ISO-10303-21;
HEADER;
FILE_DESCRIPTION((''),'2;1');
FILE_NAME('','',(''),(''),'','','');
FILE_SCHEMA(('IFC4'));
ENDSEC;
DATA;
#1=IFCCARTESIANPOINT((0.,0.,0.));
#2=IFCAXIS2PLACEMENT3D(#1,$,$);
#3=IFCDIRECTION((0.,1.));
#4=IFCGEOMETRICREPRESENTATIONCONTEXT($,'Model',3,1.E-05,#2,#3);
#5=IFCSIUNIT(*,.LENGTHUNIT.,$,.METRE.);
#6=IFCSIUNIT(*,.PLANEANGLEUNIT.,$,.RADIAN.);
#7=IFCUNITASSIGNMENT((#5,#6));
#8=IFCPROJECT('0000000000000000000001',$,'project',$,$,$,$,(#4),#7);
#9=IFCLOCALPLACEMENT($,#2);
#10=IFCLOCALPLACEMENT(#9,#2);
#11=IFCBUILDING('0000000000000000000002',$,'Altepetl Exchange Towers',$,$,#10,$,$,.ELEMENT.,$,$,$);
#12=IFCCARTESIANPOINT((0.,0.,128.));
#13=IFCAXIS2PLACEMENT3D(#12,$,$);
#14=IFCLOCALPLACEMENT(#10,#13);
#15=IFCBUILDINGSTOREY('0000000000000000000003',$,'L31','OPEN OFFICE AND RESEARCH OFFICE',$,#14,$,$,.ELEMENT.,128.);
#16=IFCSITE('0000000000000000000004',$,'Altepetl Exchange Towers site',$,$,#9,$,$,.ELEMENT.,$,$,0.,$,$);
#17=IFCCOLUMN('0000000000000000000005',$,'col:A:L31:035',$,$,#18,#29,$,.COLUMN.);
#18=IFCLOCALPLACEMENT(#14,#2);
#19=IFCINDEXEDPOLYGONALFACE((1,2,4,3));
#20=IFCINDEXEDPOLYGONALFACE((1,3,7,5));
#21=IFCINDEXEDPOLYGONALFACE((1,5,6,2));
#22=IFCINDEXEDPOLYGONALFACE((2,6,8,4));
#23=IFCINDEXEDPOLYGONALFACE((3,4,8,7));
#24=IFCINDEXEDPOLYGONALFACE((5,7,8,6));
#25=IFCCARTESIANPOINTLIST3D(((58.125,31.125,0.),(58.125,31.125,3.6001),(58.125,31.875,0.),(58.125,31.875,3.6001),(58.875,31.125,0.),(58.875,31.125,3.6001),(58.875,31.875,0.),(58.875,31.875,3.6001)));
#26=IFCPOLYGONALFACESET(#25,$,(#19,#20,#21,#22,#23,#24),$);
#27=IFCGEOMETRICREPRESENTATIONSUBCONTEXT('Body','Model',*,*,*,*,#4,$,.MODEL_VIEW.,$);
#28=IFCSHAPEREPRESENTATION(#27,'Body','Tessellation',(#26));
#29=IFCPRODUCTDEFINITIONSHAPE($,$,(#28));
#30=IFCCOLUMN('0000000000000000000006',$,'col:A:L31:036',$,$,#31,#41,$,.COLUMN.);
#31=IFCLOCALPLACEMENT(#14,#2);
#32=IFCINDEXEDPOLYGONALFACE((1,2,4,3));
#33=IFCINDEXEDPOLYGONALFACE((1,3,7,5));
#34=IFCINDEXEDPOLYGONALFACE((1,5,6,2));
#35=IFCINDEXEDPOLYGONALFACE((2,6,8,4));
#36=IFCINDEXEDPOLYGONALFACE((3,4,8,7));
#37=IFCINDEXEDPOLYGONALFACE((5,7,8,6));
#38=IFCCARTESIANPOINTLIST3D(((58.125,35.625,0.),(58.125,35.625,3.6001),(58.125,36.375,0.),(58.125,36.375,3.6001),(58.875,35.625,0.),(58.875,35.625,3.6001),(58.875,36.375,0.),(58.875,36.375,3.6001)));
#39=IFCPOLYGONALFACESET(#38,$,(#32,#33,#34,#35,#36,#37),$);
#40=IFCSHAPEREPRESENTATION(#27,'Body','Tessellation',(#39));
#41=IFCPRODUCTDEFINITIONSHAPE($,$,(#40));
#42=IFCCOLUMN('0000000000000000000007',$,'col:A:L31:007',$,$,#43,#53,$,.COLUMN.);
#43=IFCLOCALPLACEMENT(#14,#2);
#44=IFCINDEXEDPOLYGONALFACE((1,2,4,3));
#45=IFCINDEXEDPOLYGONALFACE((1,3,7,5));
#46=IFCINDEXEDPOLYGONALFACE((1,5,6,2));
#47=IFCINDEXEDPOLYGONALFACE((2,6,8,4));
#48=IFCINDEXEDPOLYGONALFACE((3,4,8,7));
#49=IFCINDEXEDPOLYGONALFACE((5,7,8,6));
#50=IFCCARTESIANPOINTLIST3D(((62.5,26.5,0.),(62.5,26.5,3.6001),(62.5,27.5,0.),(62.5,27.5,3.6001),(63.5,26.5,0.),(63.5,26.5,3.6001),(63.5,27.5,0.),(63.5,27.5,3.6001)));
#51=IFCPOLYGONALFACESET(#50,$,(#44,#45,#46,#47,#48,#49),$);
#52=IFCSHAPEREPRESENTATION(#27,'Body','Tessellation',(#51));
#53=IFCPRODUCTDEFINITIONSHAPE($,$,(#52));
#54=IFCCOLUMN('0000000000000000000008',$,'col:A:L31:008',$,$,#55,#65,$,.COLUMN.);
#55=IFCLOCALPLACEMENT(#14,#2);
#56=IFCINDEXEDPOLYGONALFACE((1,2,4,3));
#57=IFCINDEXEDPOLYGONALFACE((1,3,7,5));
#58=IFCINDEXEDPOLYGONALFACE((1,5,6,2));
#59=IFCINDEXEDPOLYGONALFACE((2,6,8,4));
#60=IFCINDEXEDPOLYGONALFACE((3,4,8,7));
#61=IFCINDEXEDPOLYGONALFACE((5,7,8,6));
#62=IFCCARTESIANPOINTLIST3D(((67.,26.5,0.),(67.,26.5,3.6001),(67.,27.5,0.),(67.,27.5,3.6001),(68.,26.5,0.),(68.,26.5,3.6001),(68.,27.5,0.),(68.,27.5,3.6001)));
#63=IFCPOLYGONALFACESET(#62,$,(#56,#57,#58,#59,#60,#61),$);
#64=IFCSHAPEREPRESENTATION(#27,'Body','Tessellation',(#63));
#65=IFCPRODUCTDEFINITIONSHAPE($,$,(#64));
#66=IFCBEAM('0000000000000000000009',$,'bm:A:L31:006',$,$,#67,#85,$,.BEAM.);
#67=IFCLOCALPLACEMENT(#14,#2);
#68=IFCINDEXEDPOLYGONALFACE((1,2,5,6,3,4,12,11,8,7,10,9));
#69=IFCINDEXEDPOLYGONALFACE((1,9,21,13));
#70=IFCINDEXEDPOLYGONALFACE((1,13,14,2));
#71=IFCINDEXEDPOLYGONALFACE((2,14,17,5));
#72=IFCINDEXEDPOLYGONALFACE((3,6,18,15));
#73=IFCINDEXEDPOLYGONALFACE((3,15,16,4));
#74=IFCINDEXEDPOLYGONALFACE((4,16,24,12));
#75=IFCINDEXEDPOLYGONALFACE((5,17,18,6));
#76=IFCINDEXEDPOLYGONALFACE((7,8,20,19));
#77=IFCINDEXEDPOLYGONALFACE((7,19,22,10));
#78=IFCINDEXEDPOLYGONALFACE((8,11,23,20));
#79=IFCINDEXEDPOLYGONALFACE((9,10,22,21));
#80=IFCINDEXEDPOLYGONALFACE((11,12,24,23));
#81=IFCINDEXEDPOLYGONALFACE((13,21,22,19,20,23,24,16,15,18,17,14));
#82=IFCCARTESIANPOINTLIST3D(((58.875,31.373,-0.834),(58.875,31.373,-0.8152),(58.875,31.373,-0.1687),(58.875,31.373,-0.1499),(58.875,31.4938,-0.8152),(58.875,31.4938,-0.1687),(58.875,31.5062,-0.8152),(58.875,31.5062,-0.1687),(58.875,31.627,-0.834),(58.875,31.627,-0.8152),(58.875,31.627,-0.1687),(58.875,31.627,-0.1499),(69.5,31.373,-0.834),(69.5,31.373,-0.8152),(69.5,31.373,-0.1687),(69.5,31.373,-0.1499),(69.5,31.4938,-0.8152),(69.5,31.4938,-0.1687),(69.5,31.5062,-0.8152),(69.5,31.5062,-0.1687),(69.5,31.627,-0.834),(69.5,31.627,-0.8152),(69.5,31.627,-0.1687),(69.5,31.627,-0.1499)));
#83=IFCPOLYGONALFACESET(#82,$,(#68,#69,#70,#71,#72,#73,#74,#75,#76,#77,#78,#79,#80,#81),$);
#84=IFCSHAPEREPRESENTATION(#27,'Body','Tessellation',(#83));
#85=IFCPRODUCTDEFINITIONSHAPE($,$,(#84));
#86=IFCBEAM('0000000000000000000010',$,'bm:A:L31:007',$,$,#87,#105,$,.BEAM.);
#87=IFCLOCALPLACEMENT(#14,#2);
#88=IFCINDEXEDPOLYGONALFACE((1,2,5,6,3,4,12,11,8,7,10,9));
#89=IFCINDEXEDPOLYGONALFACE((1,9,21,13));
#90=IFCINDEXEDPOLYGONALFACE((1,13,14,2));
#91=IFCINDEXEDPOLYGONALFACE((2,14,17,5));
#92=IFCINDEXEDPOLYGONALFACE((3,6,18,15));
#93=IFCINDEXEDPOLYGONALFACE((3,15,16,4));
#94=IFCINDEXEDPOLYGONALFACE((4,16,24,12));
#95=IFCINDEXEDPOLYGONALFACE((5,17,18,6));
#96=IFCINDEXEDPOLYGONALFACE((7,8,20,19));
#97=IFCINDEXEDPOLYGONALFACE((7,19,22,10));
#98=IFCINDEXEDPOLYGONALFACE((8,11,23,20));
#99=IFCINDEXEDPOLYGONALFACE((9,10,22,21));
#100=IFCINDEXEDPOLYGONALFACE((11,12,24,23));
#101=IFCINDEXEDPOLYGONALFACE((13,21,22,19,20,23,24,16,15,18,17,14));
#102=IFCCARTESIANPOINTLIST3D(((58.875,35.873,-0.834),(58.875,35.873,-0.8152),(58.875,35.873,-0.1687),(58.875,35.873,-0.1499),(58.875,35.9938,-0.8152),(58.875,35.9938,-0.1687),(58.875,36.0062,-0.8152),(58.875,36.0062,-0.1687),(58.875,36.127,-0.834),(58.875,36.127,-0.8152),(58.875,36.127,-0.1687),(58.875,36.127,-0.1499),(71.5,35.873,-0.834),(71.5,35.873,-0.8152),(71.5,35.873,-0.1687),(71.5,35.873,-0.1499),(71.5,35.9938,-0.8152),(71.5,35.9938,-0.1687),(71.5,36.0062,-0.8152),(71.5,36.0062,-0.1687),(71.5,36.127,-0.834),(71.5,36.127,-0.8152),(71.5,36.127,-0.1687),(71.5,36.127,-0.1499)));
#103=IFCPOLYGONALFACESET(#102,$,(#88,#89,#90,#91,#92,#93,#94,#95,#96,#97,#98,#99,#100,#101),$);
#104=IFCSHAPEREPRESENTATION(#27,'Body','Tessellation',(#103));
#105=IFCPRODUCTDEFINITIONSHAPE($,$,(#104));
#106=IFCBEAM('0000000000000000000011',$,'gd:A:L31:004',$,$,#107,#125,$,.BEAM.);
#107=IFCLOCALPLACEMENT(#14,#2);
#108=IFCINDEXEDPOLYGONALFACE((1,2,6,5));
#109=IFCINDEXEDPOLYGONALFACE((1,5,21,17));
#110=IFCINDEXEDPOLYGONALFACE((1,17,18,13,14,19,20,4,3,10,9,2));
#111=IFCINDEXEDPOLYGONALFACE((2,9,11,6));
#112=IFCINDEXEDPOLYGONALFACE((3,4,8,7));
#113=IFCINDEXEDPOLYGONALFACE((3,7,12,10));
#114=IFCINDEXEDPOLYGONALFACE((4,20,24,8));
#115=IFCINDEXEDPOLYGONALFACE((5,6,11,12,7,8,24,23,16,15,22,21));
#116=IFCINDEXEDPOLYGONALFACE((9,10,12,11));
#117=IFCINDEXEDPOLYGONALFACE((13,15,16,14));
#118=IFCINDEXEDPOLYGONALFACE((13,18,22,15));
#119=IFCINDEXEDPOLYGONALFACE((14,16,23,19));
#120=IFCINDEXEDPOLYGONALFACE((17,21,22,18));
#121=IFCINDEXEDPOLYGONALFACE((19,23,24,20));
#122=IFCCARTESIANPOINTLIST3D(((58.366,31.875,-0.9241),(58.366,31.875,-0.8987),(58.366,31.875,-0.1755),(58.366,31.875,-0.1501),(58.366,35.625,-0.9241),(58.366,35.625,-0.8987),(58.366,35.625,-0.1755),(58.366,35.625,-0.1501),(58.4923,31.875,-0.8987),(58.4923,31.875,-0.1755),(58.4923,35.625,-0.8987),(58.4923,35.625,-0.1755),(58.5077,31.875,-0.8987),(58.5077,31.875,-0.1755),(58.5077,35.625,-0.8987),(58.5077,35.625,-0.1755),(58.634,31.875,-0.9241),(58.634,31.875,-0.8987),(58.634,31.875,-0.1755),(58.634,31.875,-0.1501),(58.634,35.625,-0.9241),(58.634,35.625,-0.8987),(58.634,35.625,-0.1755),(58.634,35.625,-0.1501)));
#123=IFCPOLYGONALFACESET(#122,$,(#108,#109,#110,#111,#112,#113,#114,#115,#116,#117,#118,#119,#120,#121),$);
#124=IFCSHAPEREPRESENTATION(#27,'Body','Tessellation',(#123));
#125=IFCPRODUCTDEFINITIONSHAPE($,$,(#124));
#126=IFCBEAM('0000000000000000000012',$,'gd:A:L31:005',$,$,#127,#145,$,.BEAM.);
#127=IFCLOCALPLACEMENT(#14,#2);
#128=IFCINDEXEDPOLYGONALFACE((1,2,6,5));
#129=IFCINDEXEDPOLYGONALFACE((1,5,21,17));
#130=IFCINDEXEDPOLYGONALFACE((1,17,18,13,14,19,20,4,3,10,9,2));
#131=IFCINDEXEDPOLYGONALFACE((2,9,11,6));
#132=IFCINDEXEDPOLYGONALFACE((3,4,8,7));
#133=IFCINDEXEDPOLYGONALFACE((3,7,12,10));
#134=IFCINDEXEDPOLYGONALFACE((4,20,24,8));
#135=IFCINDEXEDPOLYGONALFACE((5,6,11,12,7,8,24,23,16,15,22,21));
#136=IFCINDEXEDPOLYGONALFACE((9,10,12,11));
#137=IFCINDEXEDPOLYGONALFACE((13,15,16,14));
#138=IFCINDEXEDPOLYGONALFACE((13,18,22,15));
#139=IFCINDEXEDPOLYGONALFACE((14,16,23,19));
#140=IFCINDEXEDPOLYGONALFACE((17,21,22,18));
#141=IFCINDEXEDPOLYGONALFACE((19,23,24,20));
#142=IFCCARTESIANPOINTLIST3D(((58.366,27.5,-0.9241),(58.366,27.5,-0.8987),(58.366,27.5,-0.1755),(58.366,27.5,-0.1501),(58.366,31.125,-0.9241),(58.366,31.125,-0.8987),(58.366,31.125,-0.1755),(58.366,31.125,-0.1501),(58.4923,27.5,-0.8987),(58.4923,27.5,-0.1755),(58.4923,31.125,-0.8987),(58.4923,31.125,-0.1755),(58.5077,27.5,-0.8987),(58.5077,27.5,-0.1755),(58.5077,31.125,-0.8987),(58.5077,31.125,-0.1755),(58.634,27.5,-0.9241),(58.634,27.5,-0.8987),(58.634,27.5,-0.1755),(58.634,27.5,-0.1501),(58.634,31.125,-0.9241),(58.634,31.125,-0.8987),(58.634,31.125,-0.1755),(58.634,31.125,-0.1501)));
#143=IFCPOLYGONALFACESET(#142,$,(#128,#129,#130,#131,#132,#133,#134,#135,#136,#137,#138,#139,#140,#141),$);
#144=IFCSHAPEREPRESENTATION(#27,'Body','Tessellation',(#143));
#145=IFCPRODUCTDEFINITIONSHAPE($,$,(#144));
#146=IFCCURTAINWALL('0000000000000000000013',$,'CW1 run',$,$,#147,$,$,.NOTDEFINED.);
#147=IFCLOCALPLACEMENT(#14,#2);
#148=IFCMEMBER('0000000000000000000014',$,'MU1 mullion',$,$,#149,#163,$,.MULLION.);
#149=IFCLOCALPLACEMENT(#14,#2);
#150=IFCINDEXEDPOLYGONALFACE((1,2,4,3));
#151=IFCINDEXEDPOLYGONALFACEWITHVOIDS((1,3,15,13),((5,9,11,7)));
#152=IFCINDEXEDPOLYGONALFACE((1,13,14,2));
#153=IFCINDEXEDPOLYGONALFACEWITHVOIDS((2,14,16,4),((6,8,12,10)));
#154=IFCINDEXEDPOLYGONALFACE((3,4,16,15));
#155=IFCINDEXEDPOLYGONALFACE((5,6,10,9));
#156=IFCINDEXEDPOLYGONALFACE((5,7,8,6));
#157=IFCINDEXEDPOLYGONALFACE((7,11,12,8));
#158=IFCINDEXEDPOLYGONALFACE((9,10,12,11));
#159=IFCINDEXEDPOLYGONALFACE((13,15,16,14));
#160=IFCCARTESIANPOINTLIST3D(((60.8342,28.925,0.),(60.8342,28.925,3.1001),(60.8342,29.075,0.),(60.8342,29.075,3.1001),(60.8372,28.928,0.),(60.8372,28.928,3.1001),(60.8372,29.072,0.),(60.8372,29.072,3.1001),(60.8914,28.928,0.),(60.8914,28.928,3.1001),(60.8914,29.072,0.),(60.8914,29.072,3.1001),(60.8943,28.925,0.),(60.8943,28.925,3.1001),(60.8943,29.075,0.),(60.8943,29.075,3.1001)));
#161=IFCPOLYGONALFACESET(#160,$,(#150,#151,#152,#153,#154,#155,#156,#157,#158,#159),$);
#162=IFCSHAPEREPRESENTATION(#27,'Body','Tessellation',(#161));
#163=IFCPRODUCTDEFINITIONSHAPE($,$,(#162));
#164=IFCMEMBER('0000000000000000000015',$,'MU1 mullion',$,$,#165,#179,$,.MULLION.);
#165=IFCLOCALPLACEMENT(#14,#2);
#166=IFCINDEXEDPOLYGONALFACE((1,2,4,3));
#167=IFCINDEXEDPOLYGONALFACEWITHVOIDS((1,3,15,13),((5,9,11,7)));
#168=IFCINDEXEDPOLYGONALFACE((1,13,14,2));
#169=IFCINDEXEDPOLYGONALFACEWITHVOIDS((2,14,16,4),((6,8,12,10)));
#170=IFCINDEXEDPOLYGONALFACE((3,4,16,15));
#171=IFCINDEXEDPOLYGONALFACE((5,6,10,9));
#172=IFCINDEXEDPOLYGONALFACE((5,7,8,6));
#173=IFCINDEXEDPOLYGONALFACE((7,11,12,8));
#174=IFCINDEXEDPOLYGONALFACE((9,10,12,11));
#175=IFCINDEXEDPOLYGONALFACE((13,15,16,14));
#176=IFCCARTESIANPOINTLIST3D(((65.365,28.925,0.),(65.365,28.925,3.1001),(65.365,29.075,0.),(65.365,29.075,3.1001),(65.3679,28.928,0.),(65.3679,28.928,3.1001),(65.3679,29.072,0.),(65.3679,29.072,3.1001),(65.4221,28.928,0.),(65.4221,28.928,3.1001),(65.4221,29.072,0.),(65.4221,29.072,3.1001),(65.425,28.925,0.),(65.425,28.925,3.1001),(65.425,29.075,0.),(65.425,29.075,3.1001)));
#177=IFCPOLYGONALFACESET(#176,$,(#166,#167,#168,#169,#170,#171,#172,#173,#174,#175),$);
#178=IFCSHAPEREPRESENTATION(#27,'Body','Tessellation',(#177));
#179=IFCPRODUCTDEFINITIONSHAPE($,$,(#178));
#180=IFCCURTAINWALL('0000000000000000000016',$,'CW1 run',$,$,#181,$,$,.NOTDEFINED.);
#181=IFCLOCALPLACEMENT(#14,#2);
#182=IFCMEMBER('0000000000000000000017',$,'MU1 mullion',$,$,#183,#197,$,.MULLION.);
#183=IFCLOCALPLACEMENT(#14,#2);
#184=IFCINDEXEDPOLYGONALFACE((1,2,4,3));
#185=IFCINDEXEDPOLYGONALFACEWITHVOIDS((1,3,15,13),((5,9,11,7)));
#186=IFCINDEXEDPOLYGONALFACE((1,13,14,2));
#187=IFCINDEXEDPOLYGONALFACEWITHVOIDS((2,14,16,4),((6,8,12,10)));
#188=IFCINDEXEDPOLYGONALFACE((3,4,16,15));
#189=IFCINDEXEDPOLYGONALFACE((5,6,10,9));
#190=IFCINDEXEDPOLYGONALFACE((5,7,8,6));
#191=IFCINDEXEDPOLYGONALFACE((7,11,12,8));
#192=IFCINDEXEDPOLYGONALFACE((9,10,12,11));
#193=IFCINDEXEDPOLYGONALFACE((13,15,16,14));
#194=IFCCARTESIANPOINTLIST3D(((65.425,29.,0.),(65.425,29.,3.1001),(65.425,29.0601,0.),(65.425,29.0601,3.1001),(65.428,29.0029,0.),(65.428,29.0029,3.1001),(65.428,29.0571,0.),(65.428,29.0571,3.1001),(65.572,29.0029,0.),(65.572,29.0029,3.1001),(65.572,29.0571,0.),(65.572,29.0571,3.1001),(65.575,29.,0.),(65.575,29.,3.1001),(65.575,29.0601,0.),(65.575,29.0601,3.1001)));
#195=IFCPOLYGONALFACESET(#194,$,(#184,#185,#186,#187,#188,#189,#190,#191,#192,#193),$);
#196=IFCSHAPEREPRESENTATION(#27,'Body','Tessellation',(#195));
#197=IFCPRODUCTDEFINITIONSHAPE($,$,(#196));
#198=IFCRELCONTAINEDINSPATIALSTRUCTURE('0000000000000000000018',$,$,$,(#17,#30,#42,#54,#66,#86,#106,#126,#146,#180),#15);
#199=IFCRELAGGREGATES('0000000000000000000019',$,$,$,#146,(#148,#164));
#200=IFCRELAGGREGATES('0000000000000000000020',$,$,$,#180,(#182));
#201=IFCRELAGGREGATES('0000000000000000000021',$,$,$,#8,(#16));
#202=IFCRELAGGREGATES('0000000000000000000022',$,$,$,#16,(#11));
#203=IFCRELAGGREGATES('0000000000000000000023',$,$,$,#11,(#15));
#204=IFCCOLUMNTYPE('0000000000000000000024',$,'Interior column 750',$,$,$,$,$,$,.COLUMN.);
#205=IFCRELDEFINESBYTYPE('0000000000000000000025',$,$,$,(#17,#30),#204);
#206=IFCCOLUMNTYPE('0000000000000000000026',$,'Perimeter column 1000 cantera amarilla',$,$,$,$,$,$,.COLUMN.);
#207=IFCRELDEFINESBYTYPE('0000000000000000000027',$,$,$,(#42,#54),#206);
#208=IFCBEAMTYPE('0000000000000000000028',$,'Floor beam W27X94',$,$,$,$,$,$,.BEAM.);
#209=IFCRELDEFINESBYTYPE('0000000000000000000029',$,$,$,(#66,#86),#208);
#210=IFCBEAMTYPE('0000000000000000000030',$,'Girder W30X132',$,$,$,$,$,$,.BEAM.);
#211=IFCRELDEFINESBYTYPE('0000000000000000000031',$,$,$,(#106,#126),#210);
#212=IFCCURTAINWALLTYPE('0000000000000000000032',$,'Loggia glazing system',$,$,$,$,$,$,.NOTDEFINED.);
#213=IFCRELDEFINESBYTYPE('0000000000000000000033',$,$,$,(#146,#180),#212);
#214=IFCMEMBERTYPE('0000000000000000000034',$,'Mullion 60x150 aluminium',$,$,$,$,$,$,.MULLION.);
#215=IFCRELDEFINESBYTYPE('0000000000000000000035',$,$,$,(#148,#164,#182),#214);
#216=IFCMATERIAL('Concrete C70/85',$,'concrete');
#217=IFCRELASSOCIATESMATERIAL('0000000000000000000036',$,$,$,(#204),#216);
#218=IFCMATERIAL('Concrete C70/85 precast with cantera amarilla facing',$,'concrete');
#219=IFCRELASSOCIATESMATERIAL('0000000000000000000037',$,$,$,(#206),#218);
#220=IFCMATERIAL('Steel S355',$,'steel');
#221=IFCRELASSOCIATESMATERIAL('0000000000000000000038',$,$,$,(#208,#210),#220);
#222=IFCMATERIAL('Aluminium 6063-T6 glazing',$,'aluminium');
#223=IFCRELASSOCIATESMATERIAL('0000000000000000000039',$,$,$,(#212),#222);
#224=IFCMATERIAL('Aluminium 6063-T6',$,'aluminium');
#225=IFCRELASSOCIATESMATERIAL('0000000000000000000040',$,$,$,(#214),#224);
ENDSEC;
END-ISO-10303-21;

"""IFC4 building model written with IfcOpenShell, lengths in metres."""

from ifc_helpers import new_model, si_unit, direction, frame, origin, origin_2d, place, context, subcontext, project, spatial, rectangle, hollow_rectangle, i_section, extrude, material, material_profile, profile_set, type_object, element, aggregate, save


model = new_model("IFC4")

# Units and contexts
model_context = context("Model", 3, precision=1e-05, world=origin(), true_north=direction((0.0, 1.0)))
body_context = subcontext(model_context, "Body", "Model", "MODEL_VIEW")
ifc_project = project(units=[si_unit("LENGTHUNIT", "METRE"), si_unit("PLANEANGLEUNIT", "RADIAN")], contexts=[model_context])

# Site, building, storey
site_placement = place(None, origin())
site = spatial("IfcSite", under=ifc_project, at=site_placement, Name="Altepetl Exchange Towers site", CompositionType="ELEMENT", RefElevation=0.0)
building_placement = place(site_placement, origin())
building = spatial("IfcBuilding", under=site, at=building_placement, Name="Altepetl Exchange Towers", CompositionType="ELEMENT")
storey_placement = place(building_placement, frame((0.0, 0.0, 128.0)))
storey = spatial("IfcBuildingStorey", under=building, at=storey_placement, Name="L31", Description="OPEN OFFICE AND RESEARCH OFFICE", CompositionType="ELEMENT", Elevation=128.0)

# Columns
ifc_material_1 = material(Name="Concrete C70/85", Category="concrete")
ifc_material_profile_1 = material_profile(ifc_material_1, rectangle(XDim=0.75, YDim=0.75, at=origin_2d()), Name="750 x 750")
ifc_profile_set_1 = profile_set([ifc_material_profile_1], Name="Concrete C70/85")
column_type_1 = type_object("IfcColumnType", Name="Interior column 750", PredefinedType="COLUMN", material=ifc_profile_set_1)
for number, where, name in (
    (1, (58.5, 31.5, 0.0), "col:A:L31:035"),
    (2, (58.5, 36.0, 0.0), "col:A:L31:036"),
):
    element("IfcColumn", number, at=place(storey_placement, frame(where)), inside=storey, type_object=column_type_1, Name=name, PredefinedType="COLUMN", context=body_context, shape_type="SweptSolid", body=[
        extrude(rectangle(XDim=0.75, YDim=0.75, at=origin_2d()), origin(), (0.0, 0.0, 1.0), 3.6001),
    ])
ifc_material_2 = material(Name="Concrete C70/85 precast with cantera amarilla facing", Category="concrete")
ifc_material_profile_2 = material_profile(ifc_material_2, rectangle(XDim=1.0, YDim=1.0, at=origin_2d()), Name="1000 x 1000")
ifc_profile_set_2 = profile_set([ifc_material_profile_2], Name="Concrete C70/85 precast with cantera amarilla facing")
column_type_2 = type_object("IfcColumnType", Name="Perimeter column 1000 cantera amarilla", PredefinedType="COLUMN", material=ifc_profile_set_2)
for number, where, name in (
    (3, (63.0, 27.0, 0.0), "col:A:L31:007"),
    (4, (67.5, 27.0, 0.0), "col:A:L31:008"),
):
    element("IfcColumn", number, at=place(storey_placement, frame(where)), inside=storey, type_object=column_type_2, Name=name, PredefinedType="COLUMN", context=body_context, shape_type="SweptSolid", body=[
        extrude(rectangle(XDim=1.0, YDim=1.0, at=origin_2d()), origin(), (0.0, 0.0, 1.0), 3.6001),
    ])

# Beams
ifc_material_3 = material(Name="Steel S355", Category="steel")
ifc_material_profile_3 = material_profile(ifc_material_3, i_section(OverallWidth=0.2539, OverallDepth=0.6841, WebThickness=0.0125, FlangeThickness=0.0188, at=origin_2d()), Name="W27X94")
ifc_profile_set_3 = profile_set([ifc_material_profile_3], Name="Steel S355")
beam_type_1 = type_object("IfcBeamType", Name="Floor beam W27X94", PredefinedType="BEAM", material=ifc_profile_set_3)
beam_1_placement = place(storey_placement, frame((58.875, 31.5, -0.4919), z_axis=(1.0, 0.0, 0.0), x_axis=(0.0, 1.0, 0.0)))
element("IfcBeam", 5, at=beam_1_placement, inside=storey, type_object=beam_type_1, Name="bm:A:L31:006", PredefinedType="BEAM", context=body_context, shape_type="SweptSolid", body=[
    extrude(i_section(OverallWidth=0.2539, OverallDepth=0.6841, WebThickness=0.0125, FlangeThickness=0.0188, at=origin_2d()), origin(), (0.0, 0.0, 1.0), 10.625),
])
beam_2_placement = place(storey_placement, frame((58.875, 36.0, -0.4919), z_axis=(1.0, 0.0, 0.0), x_axis=(0.0, 1.0, 0.0)))
element("IfcBeam", 6, at=beam_2_placement, inside=storey, type_object=beam_type_1, Name="bm:A:L31:007", PredefinedType="BEAM", context=body_context, shape_type="SweptSolid", body=[
    extrude(i_section(OverallWidth=0.2539, OverallDepth=0.6841, WebThickness=0.0125, FlangeThickness=0.0188, at=origin_2d()), origin(), (0.0, 0.0, 1.0), 12.625),
])
ifc_material_profile_4 = material_profile(ifc_material_3, i_section(OverallWidth=0.2681, OverallDepth=0.7739, WebThickness=0.0154, FlangeThickness=0.0254, at=origin_2d()), Name="W30X132")
ifc_profile_set_4 = profile_set([ifc_material_profile_4], Name="Steel S355")
beam_type_2 = type_object("IfcBeamType", Name="Girder W30X132", PredefinedType="BEAM", material=ifc_profile_set_4)
beam_3_placement = place(storey_placement, frame((58.5, 35.625, -0.5371), z_axis=(0.0, -1.0, 0.0), x_axis=(1.0, 0.0, 0.0)))
element("IfcBeam", 7, at=beam_3_placement, inside=storey, type_object=beam_type_2, Name="gd:A:L31:004", PredefinedType="BEAM", context=body_context, shape_type="SweptSolid", body=[
    extrude(i_section(OverallWidth=0.2681, OverallDepth=0.7739, WebThickness=0.0154, FlangeThickness=0.0254, at=origin_2d()), origin(), (0.0, 0.0, 1.0), 3.75),
])
beam_4_placement = place(storey_placement, frame((58.5, 31.125, -0.5371), z_axis=(0.0, -1.0, 0.0), x_axis=(1.0, 0.0, 0.0)))
element("IfcBeam", 8, at=beam_4_placement, inside=storey, type_object=beam_type_2, Name="gd:A:L31:005", PredefinedType="BEAM", context=body_context, shape_type="SweptSolid", body=[
    extrude(i_section(OverallWidth=0.2681, OverallDepth=0.7739, WebThickness=0.0154, FlangeThickness=0.0254, at=origin_2d()), origin(), (0.0, 0.0, 1.0), 3.625),
])

# Curtain walls, members
ifc_material_4 = material(Name="Aluminium 6063-T6 glazing", Category="aluminium")
curtain_wall_type = type_object("IfcCurtainWallType", Name="Loggia glazing system", PredefinedType="NOTDEFINED", material=ifc_material_4)
curtain_wall_1_placement = place(storey_placement, origin())
curtain_wall_1 = element("IfcCurtainWall", 9, at=curtain_wall_1_placement, inside=storey, type_object=curtain_wall_type, Name="CW1 run", PredefinedType="NOTDEFINED")
ifc_material_5 = material(Name="Aluminium 6063-T6", Category="aluminium")
ifc_material_profile_5 = material_profile(ifc_material_5, hollow_rectangle(XDim=0.0601, YDim=0.1499, WallThickness=0.0029, at=origin_2d()), Name="Mullion 60x150 aluminium")
ifc_profile_set_5 = profile_set([ifc_material_profile_5], Name="Aluminium 6063-T6")
member_type = type_object("IfcMemberType", Name="Mullion 60x150 aluminium", PredefinedType="MULLION", material=ifc_profile_set_5)
member_1_placement = place(storey_placement, frame((60.8643, 29.0, 0.0)))
member_1 = element("IfcMember", 10, at=member_1_placement, type_object=member_type, Name="MU1 mullion", PredefinedType="MULLION", context=body_context, shape_type="SweptSolid", body=[
    extrude(hollow_rectangle(XDim=0.0601, YDim=0.1499, WallThickness=0.0029, at=origin_2d()), origin(), (0.0, 0.0, 1.0), 3.1001),
])
member_2_placement = place(storey_placement, frame((65.395, 29.0, 0.0)))
member_2 = element("IfcMember", 11, at=member_2_placement, type_object=member_type, Name="MU1 mullion", PredefinedType="MULLION", context=body_context, shape_type="SweptSolid", body=[
    extrude(hollow_rectangle(XDim=0.0601, YDim=0.1499, WallThickness=0.0029, at=origin_2d()), origin(), (0.0, 0.0, 1.0), 3.1001),
])
curtain_wall_2_placement = place(storey_placement, origin())
curtain_wall_2 = element("IfcCurtainWall", 12, at=curtain_wall_2_placement, inside=storey, type_object=curtain_wall_type, Name="CW1 run", PredefinedType="NOTDEFINED")
member_3_placement = place(storey_placement, frame((65.5, 29.03, 0.0), z_axis=(0.0, 0.0, 1.0), x_axis=(0.0, 1.0, 0.0)))
member_3 = element("IfcMember", 13, at=member_3_placement, type_object=member_type, Name="MU1 mullion", PredefinedType="MULLION", context=body_context, shape_type="SweptSolid", body=[
    extrude(hollow_rectangle(XDim=0.0601, YDim=0.1499, WallThickness=0.0029, at=origin_2d()), origin(), (0.0, 0.0, 1.0), 3.1001),
])

aggregate(curtain_wall_1, [member_1, member_2])
aggregate(curtain_wall_2, [member_3])

save(model, "model.ifc")
